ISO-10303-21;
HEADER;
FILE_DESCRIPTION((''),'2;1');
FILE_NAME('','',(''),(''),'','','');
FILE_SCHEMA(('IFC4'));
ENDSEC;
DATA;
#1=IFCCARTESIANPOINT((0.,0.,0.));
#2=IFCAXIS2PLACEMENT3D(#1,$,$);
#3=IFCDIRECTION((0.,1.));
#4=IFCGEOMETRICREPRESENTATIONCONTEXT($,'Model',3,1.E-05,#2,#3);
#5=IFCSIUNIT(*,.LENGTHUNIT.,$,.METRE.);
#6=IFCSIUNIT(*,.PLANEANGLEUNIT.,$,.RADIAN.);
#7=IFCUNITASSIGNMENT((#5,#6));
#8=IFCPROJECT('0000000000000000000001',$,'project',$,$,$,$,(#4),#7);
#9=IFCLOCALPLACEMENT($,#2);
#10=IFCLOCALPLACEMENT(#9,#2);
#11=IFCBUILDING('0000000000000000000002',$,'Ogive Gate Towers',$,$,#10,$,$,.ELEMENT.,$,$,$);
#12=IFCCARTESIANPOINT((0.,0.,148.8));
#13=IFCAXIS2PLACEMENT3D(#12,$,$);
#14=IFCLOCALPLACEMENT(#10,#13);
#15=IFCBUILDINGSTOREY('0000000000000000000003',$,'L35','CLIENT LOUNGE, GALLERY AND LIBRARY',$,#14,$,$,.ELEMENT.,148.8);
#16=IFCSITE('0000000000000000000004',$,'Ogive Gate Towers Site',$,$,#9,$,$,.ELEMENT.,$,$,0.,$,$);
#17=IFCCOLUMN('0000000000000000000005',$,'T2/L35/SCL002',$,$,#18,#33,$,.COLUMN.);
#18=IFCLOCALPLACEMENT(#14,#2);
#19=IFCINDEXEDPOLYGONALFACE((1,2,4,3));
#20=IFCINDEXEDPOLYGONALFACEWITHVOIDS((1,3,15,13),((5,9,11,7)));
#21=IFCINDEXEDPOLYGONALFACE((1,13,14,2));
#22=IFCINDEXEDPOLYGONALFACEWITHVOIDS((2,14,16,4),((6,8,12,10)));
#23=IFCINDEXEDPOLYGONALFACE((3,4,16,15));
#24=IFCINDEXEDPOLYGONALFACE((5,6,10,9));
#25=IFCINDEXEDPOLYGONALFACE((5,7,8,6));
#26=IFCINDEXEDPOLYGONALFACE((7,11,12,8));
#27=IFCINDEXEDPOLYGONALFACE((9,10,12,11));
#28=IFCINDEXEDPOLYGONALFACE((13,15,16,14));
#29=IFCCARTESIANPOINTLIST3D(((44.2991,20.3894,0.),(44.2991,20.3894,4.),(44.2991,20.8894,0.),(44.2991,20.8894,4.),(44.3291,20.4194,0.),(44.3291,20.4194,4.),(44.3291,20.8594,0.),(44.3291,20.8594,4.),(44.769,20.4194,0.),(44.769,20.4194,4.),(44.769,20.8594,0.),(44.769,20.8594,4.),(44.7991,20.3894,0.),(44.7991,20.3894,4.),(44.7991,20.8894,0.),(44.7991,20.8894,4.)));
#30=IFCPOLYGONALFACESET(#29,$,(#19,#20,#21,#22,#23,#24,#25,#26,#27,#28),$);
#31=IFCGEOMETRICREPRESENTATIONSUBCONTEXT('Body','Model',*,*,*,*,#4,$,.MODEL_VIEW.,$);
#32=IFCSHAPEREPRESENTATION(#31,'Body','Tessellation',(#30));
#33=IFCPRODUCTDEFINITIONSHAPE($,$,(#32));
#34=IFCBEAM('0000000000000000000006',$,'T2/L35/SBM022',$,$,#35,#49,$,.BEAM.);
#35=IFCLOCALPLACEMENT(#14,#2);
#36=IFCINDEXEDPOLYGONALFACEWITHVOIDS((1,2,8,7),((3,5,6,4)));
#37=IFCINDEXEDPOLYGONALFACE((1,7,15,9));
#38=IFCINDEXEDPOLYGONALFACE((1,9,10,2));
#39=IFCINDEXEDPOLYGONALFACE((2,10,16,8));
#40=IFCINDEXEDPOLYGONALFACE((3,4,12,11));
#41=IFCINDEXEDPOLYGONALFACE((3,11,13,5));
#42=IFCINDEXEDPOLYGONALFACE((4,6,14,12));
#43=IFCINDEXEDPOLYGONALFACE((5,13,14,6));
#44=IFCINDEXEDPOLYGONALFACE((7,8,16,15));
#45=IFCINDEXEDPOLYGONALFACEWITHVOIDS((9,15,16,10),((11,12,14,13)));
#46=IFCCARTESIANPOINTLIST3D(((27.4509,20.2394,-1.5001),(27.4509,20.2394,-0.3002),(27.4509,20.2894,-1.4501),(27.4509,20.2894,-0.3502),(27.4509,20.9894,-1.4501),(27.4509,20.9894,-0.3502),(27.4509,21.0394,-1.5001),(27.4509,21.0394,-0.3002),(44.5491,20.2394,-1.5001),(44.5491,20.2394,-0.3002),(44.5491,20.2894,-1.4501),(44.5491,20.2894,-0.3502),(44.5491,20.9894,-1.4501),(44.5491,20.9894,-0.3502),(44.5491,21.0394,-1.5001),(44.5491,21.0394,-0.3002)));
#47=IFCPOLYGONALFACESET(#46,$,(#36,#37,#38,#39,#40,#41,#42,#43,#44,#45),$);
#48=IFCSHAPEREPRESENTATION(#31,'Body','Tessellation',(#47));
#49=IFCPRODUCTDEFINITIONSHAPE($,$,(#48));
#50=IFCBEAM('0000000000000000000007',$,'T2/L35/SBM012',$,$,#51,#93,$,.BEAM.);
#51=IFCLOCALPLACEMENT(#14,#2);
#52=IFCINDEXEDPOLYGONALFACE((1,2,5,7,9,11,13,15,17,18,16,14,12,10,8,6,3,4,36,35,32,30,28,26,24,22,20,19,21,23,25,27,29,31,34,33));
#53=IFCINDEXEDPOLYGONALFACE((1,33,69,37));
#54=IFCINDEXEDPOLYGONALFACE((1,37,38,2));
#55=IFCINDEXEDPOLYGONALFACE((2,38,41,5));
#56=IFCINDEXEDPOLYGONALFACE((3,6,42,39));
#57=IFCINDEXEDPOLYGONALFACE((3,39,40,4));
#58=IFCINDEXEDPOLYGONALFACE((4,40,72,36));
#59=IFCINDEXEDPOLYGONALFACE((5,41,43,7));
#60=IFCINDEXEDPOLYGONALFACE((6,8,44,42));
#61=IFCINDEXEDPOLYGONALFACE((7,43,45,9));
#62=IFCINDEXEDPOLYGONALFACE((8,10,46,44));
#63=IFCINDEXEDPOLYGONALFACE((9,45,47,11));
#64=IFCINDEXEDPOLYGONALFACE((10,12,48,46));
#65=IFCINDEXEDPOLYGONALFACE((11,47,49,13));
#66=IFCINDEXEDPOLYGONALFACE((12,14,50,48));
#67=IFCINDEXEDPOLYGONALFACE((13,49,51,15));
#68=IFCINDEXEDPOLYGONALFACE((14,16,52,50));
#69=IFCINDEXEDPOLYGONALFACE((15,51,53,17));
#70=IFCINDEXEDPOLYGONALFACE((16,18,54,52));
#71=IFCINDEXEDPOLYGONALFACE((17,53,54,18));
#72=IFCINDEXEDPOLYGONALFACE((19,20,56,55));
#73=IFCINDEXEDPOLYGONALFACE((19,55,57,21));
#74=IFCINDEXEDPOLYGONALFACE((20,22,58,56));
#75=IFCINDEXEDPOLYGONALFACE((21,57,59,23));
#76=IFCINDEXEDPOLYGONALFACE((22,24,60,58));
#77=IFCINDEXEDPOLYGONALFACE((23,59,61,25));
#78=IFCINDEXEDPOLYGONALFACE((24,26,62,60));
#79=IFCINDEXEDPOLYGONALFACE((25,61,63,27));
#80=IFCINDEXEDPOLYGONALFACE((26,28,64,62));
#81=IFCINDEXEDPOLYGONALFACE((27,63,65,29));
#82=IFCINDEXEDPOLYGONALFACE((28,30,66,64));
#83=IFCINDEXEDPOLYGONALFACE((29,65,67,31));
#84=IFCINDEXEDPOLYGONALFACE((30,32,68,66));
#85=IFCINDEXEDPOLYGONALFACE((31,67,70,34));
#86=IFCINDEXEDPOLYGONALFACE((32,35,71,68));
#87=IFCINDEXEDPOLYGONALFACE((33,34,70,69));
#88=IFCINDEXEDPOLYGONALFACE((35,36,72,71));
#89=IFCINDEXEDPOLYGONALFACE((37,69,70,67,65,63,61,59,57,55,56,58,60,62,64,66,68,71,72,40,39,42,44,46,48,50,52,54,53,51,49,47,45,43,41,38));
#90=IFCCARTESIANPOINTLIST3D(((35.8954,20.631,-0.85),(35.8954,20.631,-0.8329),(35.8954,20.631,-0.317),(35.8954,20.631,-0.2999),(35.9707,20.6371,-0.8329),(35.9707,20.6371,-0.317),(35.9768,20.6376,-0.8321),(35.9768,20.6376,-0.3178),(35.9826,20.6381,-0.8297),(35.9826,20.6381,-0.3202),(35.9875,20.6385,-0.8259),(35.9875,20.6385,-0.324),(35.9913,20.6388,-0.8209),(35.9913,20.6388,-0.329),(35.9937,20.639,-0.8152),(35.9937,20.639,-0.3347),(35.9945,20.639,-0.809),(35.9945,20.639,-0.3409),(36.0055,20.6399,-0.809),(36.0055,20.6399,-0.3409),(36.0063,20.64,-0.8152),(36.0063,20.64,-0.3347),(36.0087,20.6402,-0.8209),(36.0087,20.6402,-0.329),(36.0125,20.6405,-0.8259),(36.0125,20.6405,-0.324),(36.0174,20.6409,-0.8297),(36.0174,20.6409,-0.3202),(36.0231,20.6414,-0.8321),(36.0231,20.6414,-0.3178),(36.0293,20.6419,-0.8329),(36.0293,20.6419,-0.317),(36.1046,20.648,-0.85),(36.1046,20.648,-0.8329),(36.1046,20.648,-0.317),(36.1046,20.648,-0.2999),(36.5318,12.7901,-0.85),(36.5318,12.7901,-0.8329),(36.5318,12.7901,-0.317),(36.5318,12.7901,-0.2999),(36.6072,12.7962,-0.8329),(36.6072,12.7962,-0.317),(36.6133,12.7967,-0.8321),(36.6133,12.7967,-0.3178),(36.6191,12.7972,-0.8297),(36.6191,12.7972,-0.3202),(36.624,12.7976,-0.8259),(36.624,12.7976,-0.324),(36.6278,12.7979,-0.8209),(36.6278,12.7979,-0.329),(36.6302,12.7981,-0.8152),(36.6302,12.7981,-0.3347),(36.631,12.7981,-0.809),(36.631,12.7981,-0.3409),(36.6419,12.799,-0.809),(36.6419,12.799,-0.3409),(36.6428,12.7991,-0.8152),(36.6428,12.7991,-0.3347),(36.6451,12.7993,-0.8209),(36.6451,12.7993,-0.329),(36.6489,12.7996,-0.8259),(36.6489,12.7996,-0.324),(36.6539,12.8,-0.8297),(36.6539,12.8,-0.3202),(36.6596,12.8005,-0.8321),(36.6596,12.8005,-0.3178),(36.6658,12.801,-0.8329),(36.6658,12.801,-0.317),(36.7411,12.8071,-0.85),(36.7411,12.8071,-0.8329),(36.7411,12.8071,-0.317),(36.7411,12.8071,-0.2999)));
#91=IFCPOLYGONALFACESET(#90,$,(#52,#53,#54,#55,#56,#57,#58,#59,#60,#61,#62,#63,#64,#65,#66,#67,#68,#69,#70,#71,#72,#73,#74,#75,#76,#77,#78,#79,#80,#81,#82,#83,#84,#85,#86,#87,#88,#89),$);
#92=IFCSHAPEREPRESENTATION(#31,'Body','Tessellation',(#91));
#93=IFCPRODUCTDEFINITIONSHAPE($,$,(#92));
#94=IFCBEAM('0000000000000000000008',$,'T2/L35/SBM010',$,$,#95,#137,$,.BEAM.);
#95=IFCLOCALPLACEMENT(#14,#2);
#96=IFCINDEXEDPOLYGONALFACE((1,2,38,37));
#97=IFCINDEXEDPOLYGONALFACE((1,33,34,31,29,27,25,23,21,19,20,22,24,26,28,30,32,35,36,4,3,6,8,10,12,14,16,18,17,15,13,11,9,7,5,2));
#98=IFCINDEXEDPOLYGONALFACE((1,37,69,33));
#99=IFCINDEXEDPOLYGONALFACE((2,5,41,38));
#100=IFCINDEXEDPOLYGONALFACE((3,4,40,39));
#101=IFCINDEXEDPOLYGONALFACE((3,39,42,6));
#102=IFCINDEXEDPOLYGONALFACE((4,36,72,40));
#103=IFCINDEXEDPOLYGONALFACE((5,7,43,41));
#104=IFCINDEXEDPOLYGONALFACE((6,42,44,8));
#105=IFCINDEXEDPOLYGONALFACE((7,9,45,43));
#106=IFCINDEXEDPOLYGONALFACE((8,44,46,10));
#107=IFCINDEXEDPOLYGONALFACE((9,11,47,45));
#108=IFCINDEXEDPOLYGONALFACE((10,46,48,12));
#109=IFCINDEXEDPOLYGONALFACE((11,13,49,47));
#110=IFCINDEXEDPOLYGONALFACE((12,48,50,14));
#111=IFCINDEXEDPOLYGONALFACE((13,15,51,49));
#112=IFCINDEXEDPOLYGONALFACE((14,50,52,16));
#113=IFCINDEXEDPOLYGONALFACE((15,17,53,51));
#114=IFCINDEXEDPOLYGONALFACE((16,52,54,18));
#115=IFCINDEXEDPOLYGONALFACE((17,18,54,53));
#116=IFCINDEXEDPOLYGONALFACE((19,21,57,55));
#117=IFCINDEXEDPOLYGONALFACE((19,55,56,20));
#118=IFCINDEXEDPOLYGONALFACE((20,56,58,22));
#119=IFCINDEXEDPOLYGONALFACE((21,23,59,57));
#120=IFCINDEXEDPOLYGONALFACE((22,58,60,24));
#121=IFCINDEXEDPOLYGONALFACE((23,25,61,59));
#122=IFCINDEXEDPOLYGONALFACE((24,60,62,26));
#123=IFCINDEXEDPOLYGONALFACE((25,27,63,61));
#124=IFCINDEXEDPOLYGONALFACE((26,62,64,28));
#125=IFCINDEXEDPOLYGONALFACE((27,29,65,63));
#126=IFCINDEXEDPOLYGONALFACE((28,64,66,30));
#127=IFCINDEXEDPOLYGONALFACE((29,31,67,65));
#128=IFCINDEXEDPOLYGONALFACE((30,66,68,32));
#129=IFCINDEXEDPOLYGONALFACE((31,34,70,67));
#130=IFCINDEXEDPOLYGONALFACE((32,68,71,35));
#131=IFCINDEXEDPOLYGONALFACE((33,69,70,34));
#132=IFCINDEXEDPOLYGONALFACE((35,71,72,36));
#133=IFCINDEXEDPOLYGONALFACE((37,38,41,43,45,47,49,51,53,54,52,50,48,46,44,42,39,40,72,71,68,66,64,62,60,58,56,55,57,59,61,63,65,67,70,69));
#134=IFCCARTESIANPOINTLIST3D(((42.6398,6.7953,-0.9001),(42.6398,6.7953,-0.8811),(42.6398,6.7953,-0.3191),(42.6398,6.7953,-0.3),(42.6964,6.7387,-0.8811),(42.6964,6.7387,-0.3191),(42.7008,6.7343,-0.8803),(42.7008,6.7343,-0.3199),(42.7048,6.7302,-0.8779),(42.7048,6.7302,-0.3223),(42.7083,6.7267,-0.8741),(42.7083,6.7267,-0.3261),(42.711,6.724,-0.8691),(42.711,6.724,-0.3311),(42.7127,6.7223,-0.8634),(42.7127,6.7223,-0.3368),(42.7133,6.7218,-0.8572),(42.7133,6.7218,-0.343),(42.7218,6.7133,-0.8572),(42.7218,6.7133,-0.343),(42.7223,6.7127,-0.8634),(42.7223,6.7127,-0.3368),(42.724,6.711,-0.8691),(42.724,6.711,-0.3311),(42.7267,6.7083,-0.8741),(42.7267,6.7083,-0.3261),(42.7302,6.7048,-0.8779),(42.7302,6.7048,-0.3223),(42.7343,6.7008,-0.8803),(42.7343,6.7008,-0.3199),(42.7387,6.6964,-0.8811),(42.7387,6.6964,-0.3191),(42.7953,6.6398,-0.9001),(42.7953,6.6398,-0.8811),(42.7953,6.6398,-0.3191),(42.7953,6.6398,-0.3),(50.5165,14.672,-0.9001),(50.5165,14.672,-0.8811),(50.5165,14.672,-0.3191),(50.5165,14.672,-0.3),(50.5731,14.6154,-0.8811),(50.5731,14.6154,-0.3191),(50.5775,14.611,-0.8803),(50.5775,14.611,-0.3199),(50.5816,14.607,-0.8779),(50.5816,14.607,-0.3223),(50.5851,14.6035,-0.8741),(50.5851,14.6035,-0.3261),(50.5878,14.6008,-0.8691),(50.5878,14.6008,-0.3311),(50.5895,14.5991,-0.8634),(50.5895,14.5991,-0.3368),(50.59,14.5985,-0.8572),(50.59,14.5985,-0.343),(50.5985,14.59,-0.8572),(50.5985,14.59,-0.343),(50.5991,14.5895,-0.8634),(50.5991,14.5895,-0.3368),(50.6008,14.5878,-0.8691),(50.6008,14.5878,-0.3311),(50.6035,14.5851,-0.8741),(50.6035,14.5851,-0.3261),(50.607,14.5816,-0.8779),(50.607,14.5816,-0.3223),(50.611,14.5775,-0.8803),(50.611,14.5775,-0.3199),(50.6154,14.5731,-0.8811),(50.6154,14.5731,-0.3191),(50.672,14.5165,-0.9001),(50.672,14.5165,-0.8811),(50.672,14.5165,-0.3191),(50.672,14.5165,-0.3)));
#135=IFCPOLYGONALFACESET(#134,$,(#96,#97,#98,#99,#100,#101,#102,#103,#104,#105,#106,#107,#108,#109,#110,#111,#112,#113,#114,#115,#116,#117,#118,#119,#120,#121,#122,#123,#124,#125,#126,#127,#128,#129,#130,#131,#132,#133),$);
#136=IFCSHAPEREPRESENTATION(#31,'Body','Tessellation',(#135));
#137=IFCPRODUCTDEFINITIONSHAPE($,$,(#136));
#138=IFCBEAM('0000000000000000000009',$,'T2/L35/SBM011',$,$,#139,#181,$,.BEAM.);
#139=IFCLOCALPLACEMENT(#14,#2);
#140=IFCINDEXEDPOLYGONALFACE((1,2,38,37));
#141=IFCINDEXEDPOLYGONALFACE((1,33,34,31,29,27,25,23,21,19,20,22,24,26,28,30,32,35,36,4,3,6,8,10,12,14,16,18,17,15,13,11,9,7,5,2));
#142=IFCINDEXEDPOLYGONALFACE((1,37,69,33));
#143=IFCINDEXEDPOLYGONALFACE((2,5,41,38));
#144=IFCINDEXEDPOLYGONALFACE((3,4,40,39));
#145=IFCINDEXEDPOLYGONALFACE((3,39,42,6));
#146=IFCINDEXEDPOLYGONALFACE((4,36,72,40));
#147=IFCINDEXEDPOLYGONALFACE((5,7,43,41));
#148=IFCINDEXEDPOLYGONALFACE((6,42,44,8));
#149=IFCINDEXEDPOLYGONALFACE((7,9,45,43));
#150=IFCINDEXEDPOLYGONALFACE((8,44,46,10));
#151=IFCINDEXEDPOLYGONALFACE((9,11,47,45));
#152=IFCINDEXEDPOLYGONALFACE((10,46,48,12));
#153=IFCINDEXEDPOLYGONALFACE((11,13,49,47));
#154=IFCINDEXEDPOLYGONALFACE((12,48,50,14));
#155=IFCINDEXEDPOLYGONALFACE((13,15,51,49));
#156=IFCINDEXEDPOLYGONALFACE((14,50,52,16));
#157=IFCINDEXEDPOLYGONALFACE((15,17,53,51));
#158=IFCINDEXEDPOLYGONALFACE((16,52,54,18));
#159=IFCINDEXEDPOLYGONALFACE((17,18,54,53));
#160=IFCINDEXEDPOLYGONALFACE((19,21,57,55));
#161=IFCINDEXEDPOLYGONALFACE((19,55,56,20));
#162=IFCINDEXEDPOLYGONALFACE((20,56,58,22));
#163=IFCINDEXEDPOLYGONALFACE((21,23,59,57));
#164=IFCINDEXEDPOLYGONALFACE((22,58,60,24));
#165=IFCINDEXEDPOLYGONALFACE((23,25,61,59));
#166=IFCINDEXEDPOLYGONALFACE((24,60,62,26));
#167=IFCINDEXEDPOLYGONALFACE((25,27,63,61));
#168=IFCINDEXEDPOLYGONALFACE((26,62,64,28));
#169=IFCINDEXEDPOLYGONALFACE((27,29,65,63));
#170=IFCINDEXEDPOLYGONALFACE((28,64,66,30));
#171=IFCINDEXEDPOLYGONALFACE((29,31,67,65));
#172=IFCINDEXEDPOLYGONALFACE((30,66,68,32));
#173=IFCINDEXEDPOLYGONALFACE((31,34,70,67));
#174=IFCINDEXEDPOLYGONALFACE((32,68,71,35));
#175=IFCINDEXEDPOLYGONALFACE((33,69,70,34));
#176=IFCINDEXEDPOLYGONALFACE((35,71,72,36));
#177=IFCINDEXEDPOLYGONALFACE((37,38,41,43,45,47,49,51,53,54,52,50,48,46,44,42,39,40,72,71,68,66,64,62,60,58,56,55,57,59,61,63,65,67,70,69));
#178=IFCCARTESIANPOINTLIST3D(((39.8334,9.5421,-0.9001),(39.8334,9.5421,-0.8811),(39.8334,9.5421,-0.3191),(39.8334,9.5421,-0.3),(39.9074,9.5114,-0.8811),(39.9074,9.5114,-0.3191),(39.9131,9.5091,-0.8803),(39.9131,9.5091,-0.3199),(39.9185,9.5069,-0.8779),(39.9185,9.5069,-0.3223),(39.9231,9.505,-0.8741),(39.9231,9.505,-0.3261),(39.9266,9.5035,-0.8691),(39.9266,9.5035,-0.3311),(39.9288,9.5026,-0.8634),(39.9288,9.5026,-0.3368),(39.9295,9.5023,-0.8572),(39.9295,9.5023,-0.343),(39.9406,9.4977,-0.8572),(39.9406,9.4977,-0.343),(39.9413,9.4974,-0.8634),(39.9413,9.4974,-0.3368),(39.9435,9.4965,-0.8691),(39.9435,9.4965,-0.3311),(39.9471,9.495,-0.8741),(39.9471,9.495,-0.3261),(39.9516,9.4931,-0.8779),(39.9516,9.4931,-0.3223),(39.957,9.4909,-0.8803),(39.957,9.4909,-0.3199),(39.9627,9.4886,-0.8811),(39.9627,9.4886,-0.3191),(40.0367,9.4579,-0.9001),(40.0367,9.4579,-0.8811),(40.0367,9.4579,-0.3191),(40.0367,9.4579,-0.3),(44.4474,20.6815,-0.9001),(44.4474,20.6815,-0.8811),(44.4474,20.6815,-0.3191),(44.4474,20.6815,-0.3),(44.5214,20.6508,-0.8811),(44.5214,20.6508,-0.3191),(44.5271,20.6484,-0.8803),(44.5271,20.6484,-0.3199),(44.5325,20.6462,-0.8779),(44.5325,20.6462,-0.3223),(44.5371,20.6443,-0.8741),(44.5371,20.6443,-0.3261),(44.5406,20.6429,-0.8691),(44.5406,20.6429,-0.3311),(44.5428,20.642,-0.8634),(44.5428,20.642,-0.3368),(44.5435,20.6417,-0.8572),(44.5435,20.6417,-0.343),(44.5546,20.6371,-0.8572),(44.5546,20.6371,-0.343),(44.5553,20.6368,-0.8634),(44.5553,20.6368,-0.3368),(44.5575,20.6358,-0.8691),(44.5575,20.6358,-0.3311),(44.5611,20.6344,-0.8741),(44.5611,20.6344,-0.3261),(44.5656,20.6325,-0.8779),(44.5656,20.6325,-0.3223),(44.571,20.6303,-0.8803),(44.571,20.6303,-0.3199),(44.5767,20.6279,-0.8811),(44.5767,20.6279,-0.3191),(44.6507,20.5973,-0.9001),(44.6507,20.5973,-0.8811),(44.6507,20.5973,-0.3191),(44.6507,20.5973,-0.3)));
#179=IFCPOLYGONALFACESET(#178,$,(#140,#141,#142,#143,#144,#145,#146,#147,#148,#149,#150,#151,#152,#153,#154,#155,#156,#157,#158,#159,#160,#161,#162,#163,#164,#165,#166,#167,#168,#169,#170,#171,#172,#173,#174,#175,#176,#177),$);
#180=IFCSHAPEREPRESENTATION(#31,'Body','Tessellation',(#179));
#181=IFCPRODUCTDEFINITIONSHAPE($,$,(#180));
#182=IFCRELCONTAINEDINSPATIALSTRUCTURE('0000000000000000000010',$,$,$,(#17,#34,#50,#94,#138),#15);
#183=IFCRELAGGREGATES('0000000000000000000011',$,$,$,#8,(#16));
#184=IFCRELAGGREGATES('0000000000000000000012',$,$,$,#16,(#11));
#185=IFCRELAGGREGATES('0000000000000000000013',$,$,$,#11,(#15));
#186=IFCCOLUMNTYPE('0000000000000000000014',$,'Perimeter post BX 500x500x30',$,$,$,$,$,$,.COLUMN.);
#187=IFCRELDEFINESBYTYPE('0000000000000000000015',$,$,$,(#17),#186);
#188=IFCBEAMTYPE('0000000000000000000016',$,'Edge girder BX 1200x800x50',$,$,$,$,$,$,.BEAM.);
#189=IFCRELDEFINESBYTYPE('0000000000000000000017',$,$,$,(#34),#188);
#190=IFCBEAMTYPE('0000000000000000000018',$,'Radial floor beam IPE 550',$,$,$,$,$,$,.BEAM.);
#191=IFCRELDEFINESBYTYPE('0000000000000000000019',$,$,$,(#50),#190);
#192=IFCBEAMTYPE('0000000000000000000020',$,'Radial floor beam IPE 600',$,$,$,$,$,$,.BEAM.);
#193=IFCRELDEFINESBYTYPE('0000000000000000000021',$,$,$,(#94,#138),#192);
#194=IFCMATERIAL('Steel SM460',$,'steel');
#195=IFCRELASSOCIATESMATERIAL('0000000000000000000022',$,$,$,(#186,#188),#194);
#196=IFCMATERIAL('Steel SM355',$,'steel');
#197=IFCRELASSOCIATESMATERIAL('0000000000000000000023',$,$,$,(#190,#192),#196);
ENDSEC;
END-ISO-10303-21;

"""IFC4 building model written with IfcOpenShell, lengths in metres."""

from ifc_helpers import new_model, si_unit, direction, frame, origin, origin_2d, place, context, subcontext, project, spatial, hollow_rectangle, i_section, extrude, material, material_profile, profile_set, type_object, element, save


model = new_model("IFC4")

# Units and contexts
model_context = context("Model", 3, precision=1e-05, world=origin(), true_north=direction((0.0, 1.0)))
body_context = subcontext(model_context, "Body", "Model", "MODEL_VIEW")
ifc_project = project(units=[si_unit("LENGTHUNIT", "METRE"), si_unit("PLANEANGLEUNIT", "RADIAN")], contexts=[model_context])

# Site, building, storey
site_placement = place(None, origin())
site = spatial("IfcSite", under=ifc_project, at=site_placement, Name="Ogive Gate Towers Site", CompositionType="ELEMENT", RefElevation=0.0)
building_placement = place(site_placement, origin())
building = spatial("IfcBuilding", under=site, at=building_placement, Name="Ogive Gate Towers", CompositionType="ELEMENT")
storey_placement = place(building_placement, frame((0.0, 0.0, 148.8)))
storey = spatial("IfcBuildingStorey", under=building, at=storey_placement, Name="L35", Description="CLIENT LOUNGE, GALLERY AND LIBRARY", CompositionType="ELEMENT", Elevation=148.8)

# Column
ifc_material_1 = material(Name="Steel SM460", Category="steel")
ifc_material_profile_1 = material_profile(ifc_material_1, hollow_rectangle(XDim=0.5, YDim=0.5, WallThickness=0.03, at=origin_2d()), Name="BX 500x500x30")
ifc_profile_set_1 = profile_set([ifc_material_profile_1], Name="Steel SM460")
column_type = type_object("IfcColumnType", Name="Perimeter post BX 500x500x30", PredefinedType="COLUMN", material=ifc_profile_set_1)
column_placement = place(storey_placement, frame((44.5491, 20.6394, 0.0), z_axis=(0.0, 0.0, 1.0), x_axis=(1.0, 0.0, 0.0)))
element("IfcColumn", 1, at=column_placement, inside=storey, type_object=column_type, Name="T2/L35/SCL002", PredefinedType="COLUMN", context=body_context, shape_type="SweptSolid", body=[
    extrude(hollow_rectangle(XDim=0.5, YDim=0.5, WallThickness=0.03, at=origin_2d()), origin(), (0.0, 0.0, 1.0), 4.0),
])

# Beams
ifc_material_profile_2 = material_profile(ifc_material_1, hollow_rectangle(XDim=0.8, YDim=1.2, WallThickness=0.05, at=origin_2d()), Name="BX 1200x800x50")
ifc_profile_set_2 = profile_set([ifc_material_profile_2], Name="Steel SM460")
beam_type_1 = type_object("IfcBeamType", Name="Edge girder BX 1200x800x50", PredefinedType="BEAM", material=ifc_profile_set_2)
beam_1_placement = place(storey_placement, frame((44.5491, 20.6394, -0.9001), z_axis=(-1.0, 0.0, 0.0), x_axis=(0.0, -1.0, 0.0)))
element("IfcBeam", 2, at=beam_1_placement, inside=storey, type_object=beam_type_1, Name="T2/L35/SBM022", PredefinedType="BEAM", context=body_context, shape_type="SweptSolid", body=[
    extrude(hollow_rectangle(XDim=0.8, YDim=1.2, WallThickness=0.05, at=origin_2d()), origin(), (0.0, 0.0, 1.0), 17.0981),
])
ifc_material_2 = material(Name="Steel SM355", Category="steel")
ifc_material_profile_3 = material_profile(ifc_material_2, i_section(OverallWidth=0.21, OverallDepth=0.55, WebThickness=0.011, FlangeThickness=0.0171, FilletRadius=0.0239, at=origin_2d()), Name="IPE 550")
ifc_profile_set_3 = profile_set([ifc_material_profile_3], Name="Steel SM355")
beam_type_2 = type_object("IfcBeamType", Name="Radial floor beam IPE 550", PredefinedType="BEAM", material=ifc_profile_set_3)
beam_2_placement = place(storey_placement, frame((36.6365, 12.7986, -0.575), z_axis=(-0.080908, 0.996722, 0.0), x_axis=(-0.996722, -0.080908, 0.0)))
element("IfcBeam", 3, at=beam_2_placement, inside=storey, type_object=beam_type_2, Name="T2/L35/SBM012", PredefinedType="BEAM", context=body_context, shape_type="SweptSolid", body=[
    extrude(i_section(OverallWidth=0.21, OverallDepth=0.55, WebThickness=0.011, FlangeThickness=0.0171, FilletRadius=0.0239, at=origin_2d()), origin(), (0.0, 0.0, 1.0), 7.8667),
])
ifc_material_profile_4 = material_profile(ifc_material_2, i_section(OverallWidth=0.22, OverallDepth=0.6001, WebThickness=0.012, FlangeThickness=0.019, FilletRadius=0.0239, at=origin_2d()), Name="IPE 600")
ifc_profile_set_4 = profile_set([ifc_material_profile_4], Name="Steel SM355")
beam_type_3 = type_object("IfcBeamType", Name="Radial floor beam IPE 600", PredefinedType="BEAM", material=ifc_profile_set_4)
beam_3_placement = place(storey_placement, frame((42.7175, 6.7175, -0.6001), z_axis=(0.707107, 0.707107, 0.0), x_axis=(-0.707107, 0.707107, 0.0)))
element("IfcBeam", 4, at=beam_3_placement, inside=storey, type_object=beam_type_3, Name="T2/L35/SBM010", PredefinedType="BEAM", context=body_context, shape_type="SweptSolid", body=[
    extrude(i_section(OverallWidth=0.22, OverallDepth=0.6001, WebThickness=0.012, FlangeThickness=0.019, FilletRadius=0.0239, at=origin_2d()), origin(), (0.0, 0.0, 1.0), 11.1394),
])
for number, where, z_axis, x_axis, name in (
    (5, (39.9351, 9.5, -0.6001), (0.382678, 0.923882, 0.0), (-0.923882, 0.382678, 0.0), "T2/L35/SBM011"),
):
    element("IfcBeam", number, at=place(storey_placement, frame(where, z_axis=z_axis, x_axis=x_axis)), inside=storey, type_object=beam_type_3, Name=name, PredefinedType="BEAM", context=body_context, shape_type="SweptSolid", body=[
        extrude(i_section(OverallWidth=0.22, OverallDepth=0.6001, WebThickness=0.012, FlangeThickness=0.019, FilletRadius=0.0239, at=origin_2d()), origin(), (0.0, 0.0, 1.0), 12.0571),
    ])

save(model, "model.ifc")
